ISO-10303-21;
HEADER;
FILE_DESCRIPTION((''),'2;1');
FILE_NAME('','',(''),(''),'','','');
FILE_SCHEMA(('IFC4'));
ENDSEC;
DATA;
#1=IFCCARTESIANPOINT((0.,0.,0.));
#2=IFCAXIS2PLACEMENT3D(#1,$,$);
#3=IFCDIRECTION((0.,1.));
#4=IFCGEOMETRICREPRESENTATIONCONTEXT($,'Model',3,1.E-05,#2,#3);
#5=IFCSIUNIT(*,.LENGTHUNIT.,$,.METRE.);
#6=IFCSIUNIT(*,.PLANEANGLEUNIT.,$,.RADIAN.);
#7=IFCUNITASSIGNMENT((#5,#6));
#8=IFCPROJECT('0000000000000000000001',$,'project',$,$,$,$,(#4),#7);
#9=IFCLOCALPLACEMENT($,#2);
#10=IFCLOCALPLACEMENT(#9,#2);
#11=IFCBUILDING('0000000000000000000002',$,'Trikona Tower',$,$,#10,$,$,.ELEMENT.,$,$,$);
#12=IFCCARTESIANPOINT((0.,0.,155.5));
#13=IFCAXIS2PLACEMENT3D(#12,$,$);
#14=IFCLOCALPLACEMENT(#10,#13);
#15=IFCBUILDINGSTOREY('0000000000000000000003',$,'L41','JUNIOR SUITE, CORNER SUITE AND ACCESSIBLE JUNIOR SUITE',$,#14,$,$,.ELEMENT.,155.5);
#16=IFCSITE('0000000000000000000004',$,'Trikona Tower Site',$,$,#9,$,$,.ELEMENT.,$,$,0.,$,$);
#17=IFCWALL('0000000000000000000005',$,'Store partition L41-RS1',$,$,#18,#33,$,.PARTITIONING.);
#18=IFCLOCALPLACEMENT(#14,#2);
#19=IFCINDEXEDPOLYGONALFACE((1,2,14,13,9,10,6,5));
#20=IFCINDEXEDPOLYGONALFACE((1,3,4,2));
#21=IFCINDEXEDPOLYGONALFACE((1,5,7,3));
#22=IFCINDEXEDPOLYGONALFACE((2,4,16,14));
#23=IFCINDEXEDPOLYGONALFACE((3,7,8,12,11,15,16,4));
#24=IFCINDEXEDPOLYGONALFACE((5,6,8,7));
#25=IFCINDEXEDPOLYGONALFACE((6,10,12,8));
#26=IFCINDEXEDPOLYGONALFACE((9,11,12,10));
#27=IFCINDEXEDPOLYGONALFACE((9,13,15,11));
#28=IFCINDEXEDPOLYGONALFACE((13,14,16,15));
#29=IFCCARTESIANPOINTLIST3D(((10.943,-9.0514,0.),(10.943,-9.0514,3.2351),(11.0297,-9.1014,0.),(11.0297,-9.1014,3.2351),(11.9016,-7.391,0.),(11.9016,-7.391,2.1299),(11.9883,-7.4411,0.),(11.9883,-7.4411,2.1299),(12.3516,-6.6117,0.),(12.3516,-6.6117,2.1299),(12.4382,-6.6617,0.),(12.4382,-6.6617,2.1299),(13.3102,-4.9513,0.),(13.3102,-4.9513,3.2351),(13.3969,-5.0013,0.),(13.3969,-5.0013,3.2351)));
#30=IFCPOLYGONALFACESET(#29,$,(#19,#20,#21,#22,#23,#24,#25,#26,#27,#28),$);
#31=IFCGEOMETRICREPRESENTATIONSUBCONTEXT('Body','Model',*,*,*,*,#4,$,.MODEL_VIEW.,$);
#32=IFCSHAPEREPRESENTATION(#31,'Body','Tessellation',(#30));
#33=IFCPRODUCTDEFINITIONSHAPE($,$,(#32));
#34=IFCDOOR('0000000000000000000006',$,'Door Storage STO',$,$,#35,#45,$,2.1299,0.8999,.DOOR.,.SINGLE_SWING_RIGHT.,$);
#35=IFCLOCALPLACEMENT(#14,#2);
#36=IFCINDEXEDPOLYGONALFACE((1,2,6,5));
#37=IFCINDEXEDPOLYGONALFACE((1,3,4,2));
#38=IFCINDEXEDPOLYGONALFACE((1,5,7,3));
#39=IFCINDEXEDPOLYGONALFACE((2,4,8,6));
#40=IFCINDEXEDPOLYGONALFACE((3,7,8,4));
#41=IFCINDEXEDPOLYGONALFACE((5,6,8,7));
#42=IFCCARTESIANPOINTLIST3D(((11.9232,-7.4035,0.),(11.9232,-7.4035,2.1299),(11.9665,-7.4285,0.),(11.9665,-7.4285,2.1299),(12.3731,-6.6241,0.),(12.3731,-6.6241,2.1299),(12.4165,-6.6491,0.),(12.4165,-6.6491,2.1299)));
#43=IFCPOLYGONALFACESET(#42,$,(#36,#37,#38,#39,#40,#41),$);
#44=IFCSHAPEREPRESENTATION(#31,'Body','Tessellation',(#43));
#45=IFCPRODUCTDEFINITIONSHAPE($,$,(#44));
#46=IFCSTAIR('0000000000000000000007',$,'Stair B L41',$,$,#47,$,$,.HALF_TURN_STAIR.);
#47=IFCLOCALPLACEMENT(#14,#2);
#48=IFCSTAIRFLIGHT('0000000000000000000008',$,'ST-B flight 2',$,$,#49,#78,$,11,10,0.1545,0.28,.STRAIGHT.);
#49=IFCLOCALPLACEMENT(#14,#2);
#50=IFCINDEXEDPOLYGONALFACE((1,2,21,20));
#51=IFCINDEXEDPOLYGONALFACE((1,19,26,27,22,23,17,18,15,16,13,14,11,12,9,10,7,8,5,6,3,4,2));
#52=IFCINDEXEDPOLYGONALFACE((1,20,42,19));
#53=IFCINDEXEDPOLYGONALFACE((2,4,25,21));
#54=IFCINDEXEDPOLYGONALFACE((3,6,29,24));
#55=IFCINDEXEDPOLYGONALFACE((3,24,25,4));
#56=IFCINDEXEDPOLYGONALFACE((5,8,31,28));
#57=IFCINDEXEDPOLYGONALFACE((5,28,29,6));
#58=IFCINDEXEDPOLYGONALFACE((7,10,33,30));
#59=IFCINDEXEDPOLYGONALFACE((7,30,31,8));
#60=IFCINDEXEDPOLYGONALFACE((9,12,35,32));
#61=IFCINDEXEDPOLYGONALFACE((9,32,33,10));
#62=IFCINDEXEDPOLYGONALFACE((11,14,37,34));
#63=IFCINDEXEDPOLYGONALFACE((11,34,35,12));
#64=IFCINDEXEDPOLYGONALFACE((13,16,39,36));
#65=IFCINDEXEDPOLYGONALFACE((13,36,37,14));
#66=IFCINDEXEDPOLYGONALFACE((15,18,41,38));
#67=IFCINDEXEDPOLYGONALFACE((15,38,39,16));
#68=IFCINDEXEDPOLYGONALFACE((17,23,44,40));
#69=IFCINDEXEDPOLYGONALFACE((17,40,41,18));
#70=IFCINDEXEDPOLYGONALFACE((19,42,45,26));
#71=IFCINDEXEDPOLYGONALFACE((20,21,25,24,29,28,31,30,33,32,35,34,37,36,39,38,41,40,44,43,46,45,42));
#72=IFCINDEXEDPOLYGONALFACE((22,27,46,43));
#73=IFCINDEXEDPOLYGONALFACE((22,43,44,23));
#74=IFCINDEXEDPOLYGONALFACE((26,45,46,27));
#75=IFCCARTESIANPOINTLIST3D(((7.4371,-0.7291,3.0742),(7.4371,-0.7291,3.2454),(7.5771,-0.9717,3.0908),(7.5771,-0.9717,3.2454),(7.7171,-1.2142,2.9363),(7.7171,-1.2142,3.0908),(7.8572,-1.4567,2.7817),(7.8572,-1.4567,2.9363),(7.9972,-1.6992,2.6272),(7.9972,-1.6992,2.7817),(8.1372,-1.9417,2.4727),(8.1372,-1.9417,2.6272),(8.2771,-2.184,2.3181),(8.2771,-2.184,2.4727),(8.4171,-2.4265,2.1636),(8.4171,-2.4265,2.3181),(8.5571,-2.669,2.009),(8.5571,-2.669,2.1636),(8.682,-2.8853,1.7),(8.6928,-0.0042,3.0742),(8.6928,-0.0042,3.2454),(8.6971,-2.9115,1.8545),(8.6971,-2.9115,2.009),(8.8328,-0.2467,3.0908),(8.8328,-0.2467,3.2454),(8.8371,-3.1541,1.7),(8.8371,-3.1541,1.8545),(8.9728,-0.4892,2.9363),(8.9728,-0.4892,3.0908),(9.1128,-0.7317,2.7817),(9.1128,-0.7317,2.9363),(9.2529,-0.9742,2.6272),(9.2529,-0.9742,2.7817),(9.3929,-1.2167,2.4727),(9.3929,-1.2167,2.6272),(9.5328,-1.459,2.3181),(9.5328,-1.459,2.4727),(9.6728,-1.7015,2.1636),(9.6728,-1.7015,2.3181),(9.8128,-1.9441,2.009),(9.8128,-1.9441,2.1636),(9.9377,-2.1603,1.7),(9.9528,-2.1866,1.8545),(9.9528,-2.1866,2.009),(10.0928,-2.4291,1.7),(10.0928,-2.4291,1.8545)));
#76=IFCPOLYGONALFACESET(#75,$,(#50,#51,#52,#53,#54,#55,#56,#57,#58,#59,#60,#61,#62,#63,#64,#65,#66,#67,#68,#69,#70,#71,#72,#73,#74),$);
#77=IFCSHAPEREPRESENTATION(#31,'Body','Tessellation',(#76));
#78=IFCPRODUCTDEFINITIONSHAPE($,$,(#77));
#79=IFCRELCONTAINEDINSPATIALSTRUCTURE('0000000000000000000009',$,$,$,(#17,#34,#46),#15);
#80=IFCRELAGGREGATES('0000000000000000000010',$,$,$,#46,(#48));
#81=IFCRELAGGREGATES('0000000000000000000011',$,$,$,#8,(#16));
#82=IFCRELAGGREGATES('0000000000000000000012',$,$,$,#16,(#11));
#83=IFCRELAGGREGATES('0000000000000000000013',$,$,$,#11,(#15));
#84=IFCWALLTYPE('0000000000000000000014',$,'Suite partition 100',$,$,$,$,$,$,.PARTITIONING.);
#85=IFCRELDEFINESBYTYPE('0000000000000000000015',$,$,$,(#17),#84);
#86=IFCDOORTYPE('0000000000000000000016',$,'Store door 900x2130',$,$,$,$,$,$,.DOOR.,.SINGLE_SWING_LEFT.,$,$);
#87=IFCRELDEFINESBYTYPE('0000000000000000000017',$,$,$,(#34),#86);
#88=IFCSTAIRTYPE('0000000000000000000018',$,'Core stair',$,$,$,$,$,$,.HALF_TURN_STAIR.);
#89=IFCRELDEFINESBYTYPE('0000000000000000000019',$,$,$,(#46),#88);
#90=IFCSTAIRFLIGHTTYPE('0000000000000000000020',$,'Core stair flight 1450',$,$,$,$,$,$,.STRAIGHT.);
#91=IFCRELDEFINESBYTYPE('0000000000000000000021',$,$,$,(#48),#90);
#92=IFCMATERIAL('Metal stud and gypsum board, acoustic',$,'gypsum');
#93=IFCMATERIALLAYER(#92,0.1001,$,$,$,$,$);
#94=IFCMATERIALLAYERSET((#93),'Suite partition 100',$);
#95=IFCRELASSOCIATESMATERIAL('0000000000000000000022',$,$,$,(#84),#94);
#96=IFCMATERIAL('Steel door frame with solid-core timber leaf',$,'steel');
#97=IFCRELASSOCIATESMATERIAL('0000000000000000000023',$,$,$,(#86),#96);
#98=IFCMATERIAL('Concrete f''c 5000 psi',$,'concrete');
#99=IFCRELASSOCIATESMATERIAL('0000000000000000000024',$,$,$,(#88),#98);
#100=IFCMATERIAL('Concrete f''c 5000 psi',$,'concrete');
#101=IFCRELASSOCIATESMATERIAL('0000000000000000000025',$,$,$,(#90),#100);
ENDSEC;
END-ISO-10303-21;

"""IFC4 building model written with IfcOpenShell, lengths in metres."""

from ifc_helpers import new_model, si_unit, direction, frame, frame_2d, origin, place, context, subcontext, project, spatial, polyline, rectangle, outline, extrude, material, layer, layer_set, type_object, element, fill, aggregate, save


model = new_model("IFC4")

# Units and contexts
model_context = context("Model", 3, precision=1e-05, world=origin(), true_north=direction((0.0, 1.0)))
body_context = subcontext(model_context, "Body", "Model", "MODEL_VIEW")
ifc_project = project(units=[si_unit("LENGTHUNIT", "METRE"), si_unit("PLANEANGLEUNIT", "RADIAN")], contexts=[model_context])

# Site, building, storey
site_placement = place(None, origin())
site = spatial("IfcSite", under=ifc_project, at=site_placement, Name="Trikona Tower Site", CompositionType="ELEMENT", RefElevation=0.0)
building_placement = place(site_placement, origin())
building = spatial("IfcBuilding", under=site, at=building_placement, Name="Trikona Tower", CompositionType="ELEMENT")
storey_placement = place(building_placement, frame((0.0, 0.0, 155.5)))
storey = spatial("IfcBuildingStorey", under=building, at=storey_placement, Name="L41", Description="JUNIOR SUITE, CORNER SUITE AND ACCESSIBLE JUNIOR SUITE", CompositionType="ELEMENT", Elevation=155.5)

# Wall, opening, door
ifc_material_1 = material(Name="Metal stud and gypsum board, acoustic", Category="gypsum")
ifc_layer_1 = layer(ifc_material_1, 0.1001)
ifc_layer_set_1 = layer_set([ifc_layer_1], Name="Suite partition 100")
wall_type_1 = type_object("IfcWallType", Name="Suite partition 100", PredefinedType="PARTITIONING", material=ifc_layer_set_1)
wall_1_placement = place(storey_placement, frame((13.3535, -4.9763, 0.0), z_axis=(0.0, 0.0, 1.0), x_axis=(-0.499999, -0.866026, 0.0)))
wall_1 = element("IfcWall", 1, at=wall_1_placement, inside=storey, type_object=wall_type_1, Name="Store partition L41-RS1", PredefinedType="PARTITIONING", context=body_context, shape_type="SweptSolid", body=[
    extrude(rectangle(XDim=4.7344, YDim=0.1001, at=frame_2d((2.3672, 0.0))), origin(), (0.0, 0.0, 1.0), 3.2351),
])
opening_1_placement = place(wall_1_placement, frame((1.9172, 0.0, 0.0)))
opening_1 = element("IfcOpeningElement", 2, at=opening_1_placement, cuts=wall_1, PredefinedType="OPENING", context=body_context, shape_type="SweptSolid", body=[
    extrude(rectangle(XDim=0.8999, YDim=2.1299, at=frame_2d((0.45, 1.0649))), frame((0.0, 0.0601, 0.0), z_axis=(0.0, -1.0, 0.0), x_axis=(1.0, 0.0, 0.0)), (0.0, 0.0, 1.0), 0.1201),
])
ifc_material_2 = material(Name="Steel door frame with solid-core timber leaf", Category="steel")
door_type_1 = type_object("IfcDoorType", Name="Store door 900x2130", OperationType="SINGLE_SWING_LEFT", PredefinedType="DOOR", material=ifc_material_2)
door_1_placement = place(opening_1_placement, origin())
door_1 = element("IfcDoor", 3, at=door_1_placement, inside=storey, type_object=door_type_1, Name="Door Storage STO", OperationType="SINGLE_SWING_RIGHT", OverallHeight=2.1299, OverallWidth=0.8999, PredefinedType="DOOR", context=body_context, shape_type="SweptSolid", body=[
    extrude(rectangle(XDim=0.8999, YDim=2.1299, at=frame_2d((0.45, 1.0649))), frame((0.0, 0.0249, 0.0), z_axis=(0.0, -1.0, 0.0), x_axis=(1.0, 0.0, 0.0)), (0.0, 0.0, 1.0), 0.05),
])
fill(opening_1, door_1)

# Stair, stair flight
ifc_material_3 = material(Name="Concrete f'c 5000 psi", Category="concrete")
stair_type = type_object("IfcStairType", Name="Core stair", PredefinedType="HALF_TURN_STAIR", material=ifc_material_3)
stair_placement = place(storey_placement, origin())
stair = element("IfcStair", 4, at=stair_placement, inside=storey, type_object=stair_type, Name="Stair B L41", PredefinedType="HALF_TURN_STAIR")
ifc_material_4 = material(Name="Concrete f'c 5000 psi", Category="concrete")
stair_flight_type = type_object("IfcStairFlightType", Name="Core stair flight 1450", PredefinedType="STRAIGHT", material=ifc_material_4)
stair_flight_placement = place(storey_placement, frame((9.4651, -2.7915, 1.7), z_axis=(0.0, 0.0, 1.0), x_axis=(-0.5, 0.866025, 0.0)))
stair_flight = element("IfcStairFlight", 5, at=stair_flight_placement, type_object=stair_flight_type, Name="ST-B flight 2", NumberOfRisers=11, NumberOfTreads=10, PredefinedType="STRAIGHT", RiserHeight=0.1545, TreadLength=0.28, context=body_context, shape_type="SweptSolid", body=[
    extrude(outline(polyline([(0.0, 0.0), (0.0, 0.1545), (0.28, 0.1545), (0.28, 0.3091), (0.5601, 0.3091), (0.5601, 0.4636), (0.8401, 0.4636), (0.8401, 0.6182), (1.1201, 0.6182), (1.1201, 0.7727), (1.3999, 0.7727), (1.3999, 0.9272), (1.6799, 0.9272), (1.6799, 1.0818), (1.96, 1.0818), (1.96, 1.2363), (2.24, 1.2363), (2.24, 1.3909), (2.52, 1.3909), (2.52, 1.5454), (2.8, 1.5454), (2.8, 1.7), (2.8, 1.3743), (0.3103, 0.0), (0.0, 0.0)])), frame((0.0, 0.7251, 0.0), z_axis=(0.0, -1.0, 0.0), x_axis=(1.0, 0.0, 0.0)), (0.0, 0.0, 1.0), 1.45),
])
aggregate(stair, [stair_flight])

save(model, "model.ifc")
